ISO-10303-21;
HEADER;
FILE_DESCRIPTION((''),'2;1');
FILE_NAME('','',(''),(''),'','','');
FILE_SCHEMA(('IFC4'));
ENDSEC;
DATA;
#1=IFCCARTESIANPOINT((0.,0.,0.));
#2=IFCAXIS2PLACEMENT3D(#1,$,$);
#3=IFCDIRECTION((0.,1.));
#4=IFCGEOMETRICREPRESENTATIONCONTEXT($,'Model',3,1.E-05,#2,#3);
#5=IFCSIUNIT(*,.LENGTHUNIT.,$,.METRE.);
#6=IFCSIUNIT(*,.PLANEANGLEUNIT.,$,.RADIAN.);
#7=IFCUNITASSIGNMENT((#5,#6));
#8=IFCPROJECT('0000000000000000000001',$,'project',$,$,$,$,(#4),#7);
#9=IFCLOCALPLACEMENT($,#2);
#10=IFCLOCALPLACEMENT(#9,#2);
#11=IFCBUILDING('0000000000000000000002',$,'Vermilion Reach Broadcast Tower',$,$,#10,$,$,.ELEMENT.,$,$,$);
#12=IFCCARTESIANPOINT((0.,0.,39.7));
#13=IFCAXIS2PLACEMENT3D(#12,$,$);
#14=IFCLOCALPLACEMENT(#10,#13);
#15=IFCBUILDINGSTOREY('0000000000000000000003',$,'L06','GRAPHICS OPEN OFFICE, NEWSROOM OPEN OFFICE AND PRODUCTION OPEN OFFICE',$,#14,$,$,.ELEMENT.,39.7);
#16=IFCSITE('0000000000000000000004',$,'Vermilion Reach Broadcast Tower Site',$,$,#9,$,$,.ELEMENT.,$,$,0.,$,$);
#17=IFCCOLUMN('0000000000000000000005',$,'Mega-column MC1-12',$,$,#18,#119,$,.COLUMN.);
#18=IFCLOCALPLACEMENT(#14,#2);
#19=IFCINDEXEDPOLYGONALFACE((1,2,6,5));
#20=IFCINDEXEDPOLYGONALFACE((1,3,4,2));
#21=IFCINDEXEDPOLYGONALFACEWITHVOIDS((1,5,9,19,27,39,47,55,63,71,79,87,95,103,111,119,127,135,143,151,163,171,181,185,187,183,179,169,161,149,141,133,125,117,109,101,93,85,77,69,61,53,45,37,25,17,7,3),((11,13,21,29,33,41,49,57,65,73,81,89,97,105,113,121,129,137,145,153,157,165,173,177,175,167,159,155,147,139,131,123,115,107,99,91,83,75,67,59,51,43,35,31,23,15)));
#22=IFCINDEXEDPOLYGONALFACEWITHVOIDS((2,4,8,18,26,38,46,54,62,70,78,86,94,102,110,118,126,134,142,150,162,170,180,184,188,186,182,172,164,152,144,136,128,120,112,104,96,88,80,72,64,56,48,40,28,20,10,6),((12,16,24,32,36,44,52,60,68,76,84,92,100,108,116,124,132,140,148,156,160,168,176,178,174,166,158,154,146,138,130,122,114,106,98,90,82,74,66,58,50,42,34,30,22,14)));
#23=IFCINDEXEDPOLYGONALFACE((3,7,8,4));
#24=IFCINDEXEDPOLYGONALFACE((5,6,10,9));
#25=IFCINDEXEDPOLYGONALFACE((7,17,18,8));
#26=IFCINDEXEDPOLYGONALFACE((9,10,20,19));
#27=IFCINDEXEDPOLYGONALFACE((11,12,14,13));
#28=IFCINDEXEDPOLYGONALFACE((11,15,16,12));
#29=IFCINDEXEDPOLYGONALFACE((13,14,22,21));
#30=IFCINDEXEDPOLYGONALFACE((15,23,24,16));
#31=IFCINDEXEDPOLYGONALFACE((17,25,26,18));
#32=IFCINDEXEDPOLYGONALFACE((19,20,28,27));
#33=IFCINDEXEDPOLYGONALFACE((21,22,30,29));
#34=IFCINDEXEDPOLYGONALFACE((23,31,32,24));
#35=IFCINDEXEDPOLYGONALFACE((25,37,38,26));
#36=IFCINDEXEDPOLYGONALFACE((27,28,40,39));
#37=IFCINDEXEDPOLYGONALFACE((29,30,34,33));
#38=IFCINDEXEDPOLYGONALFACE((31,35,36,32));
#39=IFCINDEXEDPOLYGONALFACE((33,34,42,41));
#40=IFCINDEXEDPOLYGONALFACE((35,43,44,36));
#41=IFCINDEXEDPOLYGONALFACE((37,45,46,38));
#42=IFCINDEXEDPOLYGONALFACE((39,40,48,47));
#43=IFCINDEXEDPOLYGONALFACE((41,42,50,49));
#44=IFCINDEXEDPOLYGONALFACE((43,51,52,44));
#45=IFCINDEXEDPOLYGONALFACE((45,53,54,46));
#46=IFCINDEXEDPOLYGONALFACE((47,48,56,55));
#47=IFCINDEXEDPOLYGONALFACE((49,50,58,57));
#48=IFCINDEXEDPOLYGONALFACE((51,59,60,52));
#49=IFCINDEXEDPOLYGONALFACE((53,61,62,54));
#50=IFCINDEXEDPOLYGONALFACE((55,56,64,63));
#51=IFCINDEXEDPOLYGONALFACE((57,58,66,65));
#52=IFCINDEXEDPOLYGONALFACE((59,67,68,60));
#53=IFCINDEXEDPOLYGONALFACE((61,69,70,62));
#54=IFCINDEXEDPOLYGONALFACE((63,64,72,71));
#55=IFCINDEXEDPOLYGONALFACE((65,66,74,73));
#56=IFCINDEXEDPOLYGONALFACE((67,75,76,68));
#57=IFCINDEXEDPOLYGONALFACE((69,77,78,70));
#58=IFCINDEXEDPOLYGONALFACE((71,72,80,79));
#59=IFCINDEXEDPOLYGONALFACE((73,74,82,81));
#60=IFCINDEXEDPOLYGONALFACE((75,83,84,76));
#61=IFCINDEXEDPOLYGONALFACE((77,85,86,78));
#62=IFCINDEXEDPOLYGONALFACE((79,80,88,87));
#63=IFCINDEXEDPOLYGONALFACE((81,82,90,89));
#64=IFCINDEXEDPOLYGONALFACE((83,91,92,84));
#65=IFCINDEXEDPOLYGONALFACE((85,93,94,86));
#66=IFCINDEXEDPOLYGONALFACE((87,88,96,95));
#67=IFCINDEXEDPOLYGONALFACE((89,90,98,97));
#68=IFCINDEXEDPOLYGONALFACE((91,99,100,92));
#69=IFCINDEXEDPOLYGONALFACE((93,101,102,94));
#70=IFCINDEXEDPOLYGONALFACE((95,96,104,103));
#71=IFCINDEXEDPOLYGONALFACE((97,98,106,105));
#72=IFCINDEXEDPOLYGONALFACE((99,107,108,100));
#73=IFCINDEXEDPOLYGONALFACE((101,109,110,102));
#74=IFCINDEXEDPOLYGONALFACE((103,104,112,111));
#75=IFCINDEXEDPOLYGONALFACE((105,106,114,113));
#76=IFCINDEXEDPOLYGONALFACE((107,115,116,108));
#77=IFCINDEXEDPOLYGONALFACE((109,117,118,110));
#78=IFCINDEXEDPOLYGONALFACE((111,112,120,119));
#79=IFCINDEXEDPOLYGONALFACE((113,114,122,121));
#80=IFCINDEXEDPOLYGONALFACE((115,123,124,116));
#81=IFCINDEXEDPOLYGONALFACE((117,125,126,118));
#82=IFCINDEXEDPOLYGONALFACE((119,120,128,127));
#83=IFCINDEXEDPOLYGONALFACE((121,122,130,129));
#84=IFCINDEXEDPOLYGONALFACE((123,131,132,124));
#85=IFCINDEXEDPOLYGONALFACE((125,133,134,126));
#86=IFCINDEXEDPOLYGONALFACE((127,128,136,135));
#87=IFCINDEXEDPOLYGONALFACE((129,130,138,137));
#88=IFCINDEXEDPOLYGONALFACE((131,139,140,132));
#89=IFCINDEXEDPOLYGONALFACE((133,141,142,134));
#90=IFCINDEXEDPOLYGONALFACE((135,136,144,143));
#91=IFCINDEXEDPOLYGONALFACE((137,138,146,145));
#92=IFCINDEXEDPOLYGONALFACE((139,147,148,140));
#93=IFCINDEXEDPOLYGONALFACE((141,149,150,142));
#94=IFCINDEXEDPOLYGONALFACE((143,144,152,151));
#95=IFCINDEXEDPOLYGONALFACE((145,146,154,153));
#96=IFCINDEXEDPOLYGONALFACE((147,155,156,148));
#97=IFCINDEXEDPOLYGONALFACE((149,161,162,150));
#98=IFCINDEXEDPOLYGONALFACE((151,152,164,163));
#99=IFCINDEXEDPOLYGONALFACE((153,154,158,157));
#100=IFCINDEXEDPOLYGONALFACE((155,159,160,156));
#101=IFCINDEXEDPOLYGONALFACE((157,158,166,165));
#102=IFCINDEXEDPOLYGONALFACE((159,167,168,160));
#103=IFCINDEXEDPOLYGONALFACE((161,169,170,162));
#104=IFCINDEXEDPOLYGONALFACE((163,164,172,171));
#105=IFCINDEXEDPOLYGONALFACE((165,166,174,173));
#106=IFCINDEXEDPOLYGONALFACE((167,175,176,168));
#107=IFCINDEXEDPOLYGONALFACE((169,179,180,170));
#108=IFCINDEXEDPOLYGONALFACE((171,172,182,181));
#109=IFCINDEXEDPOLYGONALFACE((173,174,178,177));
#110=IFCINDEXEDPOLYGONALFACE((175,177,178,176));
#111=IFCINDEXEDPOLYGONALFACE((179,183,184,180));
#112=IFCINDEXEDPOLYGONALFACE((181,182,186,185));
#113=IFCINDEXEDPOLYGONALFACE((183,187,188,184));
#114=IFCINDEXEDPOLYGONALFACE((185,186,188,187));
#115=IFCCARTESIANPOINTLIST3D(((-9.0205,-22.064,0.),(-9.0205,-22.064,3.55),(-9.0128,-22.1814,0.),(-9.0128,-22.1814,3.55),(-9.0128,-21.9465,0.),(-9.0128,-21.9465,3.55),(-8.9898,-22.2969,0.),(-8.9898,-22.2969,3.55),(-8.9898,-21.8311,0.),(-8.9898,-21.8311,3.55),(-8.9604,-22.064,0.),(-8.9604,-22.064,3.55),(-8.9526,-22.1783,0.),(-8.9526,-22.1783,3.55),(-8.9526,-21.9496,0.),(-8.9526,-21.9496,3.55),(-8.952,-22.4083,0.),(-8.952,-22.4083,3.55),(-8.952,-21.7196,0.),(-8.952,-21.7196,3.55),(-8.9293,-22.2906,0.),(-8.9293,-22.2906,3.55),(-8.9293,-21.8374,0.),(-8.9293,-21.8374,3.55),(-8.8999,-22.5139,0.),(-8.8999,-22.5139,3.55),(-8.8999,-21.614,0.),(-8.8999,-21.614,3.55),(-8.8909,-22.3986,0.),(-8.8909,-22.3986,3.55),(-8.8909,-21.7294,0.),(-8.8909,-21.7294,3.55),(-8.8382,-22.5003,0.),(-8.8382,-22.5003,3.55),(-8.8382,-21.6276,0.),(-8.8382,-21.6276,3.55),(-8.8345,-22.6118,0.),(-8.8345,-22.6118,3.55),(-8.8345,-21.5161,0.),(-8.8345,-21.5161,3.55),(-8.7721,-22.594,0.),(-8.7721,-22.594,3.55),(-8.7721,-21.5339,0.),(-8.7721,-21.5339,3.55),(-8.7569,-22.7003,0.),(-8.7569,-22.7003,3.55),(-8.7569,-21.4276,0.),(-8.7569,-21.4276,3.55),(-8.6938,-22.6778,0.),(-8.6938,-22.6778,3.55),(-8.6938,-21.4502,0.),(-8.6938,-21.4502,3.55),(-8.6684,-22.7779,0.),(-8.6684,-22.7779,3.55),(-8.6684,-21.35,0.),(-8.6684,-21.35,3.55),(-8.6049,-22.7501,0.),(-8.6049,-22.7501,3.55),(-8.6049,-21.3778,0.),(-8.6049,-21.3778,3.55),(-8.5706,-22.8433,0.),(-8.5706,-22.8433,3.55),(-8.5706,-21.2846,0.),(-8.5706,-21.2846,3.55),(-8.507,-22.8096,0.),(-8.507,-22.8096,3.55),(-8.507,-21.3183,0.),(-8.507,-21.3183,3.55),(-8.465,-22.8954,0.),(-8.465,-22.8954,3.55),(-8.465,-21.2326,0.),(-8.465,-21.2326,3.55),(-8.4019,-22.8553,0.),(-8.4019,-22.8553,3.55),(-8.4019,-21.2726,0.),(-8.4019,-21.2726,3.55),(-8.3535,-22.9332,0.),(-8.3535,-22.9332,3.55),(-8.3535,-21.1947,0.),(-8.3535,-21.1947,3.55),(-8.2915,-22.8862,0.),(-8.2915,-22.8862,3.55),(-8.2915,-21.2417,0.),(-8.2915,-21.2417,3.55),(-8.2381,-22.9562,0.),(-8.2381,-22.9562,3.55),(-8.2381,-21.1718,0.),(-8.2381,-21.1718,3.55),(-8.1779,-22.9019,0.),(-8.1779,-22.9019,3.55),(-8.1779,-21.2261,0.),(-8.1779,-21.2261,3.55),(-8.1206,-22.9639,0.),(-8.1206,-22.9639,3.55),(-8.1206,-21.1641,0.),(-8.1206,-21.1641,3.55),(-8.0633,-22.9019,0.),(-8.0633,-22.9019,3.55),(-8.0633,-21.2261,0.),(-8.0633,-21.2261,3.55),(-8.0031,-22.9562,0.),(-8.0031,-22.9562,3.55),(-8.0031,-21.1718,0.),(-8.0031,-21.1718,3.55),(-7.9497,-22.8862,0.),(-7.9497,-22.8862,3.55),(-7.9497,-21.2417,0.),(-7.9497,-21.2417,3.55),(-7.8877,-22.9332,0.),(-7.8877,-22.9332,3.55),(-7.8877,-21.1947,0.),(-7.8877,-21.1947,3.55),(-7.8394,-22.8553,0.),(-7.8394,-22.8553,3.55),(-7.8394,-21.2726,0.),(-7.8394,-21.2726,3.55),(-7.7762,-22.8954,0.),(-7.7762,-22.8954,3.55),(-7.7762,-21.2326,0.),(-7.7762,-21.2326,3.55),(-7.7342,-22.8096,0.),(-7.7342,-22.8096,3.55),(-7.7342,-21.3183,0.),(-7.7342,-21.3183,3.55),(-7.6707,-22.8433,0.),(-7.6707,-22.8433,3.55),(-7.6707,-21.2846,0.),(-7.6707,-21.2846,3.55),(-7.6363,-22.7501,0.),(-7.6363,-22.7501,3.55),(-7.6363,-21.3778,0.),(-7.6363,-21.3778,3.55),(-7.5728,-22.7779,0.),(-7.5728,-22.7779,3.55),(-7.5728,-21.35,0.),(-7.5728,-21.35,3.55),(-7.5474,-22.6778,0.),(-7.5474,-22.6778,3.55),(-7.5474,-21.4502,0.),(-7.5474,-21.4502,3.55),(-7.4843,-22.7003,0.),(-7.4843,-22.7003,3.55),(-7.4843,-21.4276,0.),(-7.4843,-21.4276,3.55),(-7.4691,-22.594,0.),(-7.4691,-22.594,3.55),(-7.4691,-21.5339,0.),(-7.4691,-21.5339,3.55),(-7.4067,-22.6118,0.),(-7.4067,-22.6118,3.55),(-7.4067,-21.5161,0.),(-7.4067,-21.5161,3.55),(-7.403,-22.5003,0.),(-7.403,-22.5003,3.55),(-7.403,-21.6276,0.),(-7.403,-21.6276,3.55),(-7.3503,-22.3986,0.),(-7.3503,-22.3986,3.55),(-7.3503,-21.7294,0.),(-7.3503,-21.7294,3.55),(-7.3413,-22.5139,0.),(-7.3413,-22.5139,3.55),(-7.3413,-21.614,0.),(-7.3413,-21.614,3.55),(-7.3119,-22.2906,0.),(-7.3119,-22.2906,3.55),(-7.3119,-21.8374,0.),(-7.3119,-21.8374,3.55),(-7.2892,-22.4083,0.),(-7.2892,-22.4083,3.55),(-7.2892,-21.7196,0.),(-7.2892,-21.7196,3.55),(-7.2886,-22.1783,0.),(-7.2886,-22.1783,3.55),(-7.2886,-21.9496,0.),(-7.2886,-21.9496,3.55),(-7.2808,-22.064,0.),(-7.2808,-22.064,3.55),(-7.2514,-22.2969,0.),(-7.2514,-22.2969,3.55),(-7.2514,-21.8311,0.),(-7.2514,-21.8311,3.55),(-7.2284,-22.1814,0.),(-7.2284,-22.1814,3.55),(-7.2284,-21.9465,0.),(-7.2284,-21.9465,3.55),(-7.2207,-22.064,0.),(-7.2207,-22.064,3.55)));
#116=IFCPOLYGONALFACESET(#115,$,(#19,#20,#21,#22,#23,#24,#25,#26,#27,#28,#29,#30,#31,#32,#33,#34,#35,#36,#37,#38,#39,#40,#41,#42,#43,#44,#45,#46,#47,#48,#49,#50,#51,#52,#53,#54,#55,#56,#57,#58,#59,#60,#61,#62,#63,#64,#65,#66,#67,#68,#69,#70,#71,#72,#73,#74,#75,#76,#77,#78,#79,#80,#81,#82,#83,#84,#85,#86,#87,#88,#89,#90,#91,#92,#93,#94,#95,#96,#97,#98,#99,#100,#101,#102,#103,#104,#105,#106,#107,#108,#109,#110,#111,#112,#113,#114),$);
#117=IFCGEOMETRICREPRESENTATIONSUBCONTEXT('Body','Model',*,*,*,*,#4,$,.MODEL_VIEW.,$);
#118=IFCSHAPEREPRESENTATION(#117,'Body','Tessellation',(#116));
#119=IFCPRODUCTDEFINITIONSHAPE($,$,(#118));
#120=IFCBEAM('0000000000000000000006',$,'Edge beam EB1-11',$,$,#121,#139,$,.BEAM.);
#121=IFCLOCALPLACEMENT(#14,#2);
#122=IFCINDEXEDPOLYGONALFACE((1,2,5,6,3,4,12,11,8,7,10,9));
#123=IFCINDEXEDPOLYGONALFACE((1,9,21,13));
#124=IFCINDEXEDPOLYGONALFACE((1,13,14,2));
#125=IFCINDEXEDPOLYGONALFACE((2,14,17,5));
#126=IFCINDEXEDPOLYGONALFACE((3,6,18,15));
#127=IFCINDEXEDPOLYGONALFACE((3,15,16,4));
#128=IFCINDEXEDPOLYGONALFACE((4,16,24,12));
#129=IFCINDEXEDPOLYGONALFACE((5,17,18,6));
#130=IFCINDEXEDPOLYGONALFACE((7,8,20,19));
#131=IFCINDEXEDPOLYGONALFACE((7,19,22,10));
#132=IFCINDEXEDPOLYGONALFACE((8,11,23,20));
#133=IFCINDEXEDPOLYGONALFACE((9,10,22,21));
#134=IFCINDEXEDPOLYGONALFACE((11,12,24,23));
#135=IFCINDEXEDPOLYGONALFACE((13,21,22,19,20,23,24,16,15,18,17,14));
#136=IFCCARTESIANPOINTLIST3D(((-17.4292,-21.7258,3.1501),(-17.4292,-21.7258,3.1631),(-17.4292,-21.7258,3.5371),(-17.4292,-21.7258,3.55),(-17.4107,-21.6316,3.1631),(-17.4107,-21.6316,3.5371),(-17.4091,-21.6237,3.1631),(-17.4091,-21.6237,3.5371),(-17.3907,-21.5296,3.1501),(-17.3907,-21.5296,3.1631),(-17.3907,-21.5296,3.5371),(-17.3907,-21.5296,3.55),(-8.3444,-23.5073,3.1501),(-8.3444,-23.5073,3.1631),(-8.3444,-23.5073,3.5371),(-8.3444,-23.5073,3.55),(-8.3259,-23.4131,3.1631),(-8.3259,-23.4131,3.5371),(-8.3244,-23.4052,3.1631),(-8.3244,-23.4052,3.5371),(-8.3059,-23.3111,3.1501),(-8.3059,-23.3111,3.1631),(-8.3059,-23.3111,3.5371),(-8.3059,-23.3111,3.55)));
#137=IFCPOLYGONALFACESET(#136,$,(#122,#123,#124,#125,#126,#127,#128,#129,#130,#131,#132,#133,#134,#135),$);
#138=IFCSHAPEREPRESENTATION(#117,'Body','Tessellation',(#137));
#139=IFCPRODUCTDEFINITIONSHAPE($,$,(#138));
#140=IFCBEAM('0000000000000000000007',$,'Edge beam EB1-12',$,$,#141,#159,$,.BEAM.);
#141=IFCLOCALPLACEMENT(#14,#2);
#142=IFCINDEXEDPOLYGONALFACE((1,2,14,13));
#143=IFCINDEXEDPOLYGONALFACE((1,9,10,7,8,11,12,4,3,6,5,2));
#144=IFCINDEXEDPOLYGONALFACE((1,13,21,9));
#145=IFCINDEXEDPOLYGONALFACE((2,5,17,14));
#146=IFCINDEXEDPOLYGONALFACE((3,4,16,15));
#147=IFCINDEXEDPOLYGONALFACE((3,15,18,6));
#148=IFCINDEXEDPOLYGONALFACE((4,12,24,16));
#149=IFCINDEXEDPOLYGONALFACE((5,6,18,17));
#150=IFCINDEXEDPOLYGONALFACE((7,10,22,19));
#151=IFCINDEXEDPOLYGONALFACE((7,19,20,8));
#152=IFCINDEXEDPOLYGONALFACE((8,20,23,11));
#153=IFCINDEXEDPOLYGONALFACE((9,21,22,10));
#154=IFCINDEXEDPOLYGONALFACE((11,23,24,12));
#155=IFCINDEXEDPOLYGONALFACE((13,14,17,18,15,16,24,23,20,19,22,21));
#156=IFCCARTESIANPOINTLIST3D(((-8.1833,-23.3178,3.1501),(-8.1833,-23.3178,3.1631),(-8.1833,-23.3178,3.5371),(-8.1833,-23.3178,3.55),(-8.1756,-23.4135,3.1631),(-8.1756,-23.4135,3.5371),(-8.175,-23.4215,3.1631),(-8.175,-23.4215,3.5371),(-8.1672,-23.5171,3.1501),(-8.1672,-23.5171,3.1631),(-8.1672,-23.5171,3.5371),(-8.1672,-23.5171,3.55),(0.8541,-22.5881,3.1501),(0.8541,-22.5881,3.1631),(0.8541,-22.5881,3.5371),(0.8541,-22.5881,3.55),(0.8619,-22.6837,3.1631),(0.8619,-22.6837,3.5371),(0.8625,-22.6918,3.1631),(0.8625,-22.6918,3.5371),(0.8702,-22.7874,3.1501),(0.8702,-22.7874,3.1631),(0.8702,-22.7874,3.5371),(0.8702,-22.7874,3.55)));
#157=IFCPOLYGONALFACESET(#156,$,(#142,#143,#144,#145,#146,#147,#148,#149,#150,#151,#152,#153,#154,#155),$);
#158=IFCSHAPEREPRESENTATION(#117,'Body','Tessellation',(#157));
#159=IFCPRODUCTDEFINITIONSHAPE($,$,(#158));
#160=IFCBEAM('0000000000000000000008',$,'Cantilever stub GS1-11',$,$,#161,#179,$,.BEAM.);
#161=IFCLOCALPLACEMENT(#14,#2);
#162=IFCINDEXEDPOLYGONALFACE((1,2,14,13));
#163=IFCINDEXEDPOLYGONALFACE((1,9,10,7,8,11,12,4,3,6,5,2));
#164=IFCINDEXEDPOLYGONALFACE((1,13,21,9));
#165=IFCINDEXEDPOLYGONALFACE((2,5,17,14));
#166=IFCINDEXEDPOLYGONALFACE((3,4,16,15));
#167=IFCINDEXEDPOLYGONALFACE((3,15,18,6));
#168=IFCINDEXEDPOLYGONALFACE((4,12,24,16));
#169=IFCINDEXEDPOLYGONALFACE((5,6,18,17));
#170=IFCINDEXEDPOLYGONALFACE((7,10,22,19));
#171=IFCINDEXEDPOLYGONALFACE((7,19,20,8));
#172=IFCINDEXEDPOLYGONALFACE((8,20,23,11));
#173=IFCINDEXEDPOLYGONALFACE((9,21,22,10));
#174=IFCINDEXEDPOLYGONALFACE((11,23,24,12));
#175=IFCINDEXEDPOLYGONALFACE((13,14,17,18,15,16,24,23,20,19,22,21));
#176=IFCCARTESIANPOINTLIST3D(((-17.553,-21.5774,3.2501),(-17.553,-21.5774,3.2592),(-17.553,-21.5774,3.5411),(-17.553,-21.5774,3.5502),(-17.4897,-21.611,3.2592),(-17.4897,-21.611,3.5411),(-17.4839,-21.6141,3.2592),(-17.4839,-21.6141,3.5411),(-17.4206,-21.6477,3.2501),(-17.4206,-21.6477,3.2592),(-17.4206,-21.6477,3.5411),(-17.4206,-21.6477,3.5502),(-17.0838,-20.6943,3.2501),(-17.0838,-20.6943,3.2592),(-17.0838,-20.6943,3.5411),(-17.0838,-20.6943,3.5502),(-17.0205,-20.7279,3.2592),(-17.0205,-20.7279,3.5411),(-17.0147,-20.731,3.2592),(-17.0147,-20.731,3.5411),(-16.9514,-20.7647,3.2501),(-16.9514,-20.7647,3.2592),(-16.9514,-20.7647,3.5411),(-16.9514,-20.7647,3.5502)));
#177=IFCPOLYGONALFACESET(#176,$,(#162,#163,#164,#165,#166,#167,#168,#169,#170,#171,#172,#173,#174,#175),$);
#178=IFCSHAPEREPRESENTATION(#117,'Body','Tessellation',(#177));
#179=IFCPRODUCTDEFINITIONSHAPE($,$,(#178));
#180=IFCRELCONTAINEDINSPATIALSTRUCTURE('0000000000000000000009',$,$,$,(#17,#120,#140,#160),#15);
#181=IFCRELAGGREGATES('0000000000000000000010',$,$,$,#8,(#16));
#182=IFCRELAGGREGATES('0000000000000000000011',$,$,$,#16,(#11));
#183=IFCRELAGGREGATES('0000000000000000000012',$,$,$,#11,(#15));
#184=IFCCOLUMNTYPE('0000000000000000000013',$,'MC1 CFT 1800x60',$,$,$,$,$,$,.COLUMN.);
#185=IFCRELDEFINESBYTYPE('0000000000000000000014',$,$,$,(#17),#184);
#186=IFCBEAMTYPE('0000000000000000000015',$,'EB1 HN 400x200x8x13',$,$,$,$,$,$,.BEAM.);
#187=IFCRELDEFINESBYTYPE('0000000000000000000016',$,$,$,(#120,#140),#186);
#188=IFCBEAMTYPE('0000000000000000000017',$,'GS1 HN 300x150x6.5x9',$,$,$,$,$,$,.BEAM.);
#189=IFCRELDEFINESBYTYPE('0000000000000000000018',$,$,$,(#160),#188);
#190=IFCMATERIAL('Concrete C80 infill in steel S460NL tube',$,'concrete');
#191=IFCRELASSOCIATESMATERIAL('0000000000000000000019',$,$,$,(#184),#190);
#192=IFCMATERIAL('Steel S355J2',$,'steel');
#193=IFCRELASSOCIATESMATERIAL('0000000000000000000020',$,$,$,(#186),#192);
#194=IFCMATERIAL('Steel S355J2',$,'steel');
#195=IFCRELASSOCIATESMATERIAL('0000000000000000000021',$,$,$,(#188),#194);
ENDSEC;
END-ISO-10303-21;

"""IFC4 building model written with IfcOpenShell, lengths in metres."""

from ifc_helpers import new_model, si_unit, direction, frame, origin, origin_2d, place, context, subcontext, project, spatial, hollow_circle, i_section, extrude, material, material_profile, profile_set, type_object, element, save


model = new_model("IFC4")

# Units and contexts
model_context = context("Model", 3, precision=1e-05, world=origin(), true_north=direction((0.0, 1.0)))
body_context = subcontext(model_context, "Body", "Model", "MODEL_VIEW")
ifc_project = project(units=[si_unit("LENGTHUNIT", "METRE"), si_unit("PLANEANGLEUNIT", "RADIAN")], contexts=[model_context])

# Site, building, storey
site_placement = place(None, origin())
site = spatial("IfcSite", under=ifc_project, at=site_placement, Name="Vermilion Reach Broadcast Tower Site", CompositionType="ELEMENT", RefElevation=0.0)
building_placement = place(site_placement, origin())
building = spatial("IfcBuilding", under=site, at=building_placement, Name="Vermilion Reach Broadcast Tower", CompositionType="ELEMENT")
storey_placement = place(building_placement, frame((0.0, 0.0, 39.7)))
storey = spatial("IfcBuildingStorey", under=building, at=storey_placement, Name="L06", Description="GRAPHICS OPEN OFFICE, NEWSROOM OPEN OFFICE AND PRODUCTION OPEN OFFICE", CompositionType="ELEMENT", Elevation=39.7)

# Column
ifc_material_1 = material(Name="Concrete C80 infill in steel S460NL tube", Category="concrete")
ifc_material_profile_1 = material_profile(ifc_material_1, hollow_circle(Radius=0.8999, WallThickness=0.0601, at=origin_2d()), Name="Concrete C80 infill in steel S460NL tube CFT 1800x60")
ifc_profile_set_1 = profile_set([ifc_material_profile_1], Name="Concrete C80 infill in steel S460NL tube")
column_type = type_object("IfcColumnType", Name="MC1 CFT 1800x60", PredefinedType="COLUMN", material=ifc_profile_set_1)
for number, where, z_axis, x_axis, name in (
    (1, (-8.1206, -22.064, 0.0), (0.0, 0.0, 1.0), (1.0, 0.0, 0.0), "Mega-column MC1-12"),
):
    element("IfcColumn", number, at=place(storey_placement, frame(where, z_axis=z_axis, x_axis=x_axis)), inside=storey, type_object=column_type, Name=name, PredefinedType="COLUMN", context=body_context, shape_type="SweptSolid", body=[
        extrude(hollow_circle(Radius=0.8999, WallThickness=0.0601, at=origin_2d()), origin(), (0.0, 0.0, 1.0), 3.55),
    ])

# Beams
ifc_material_2 = material(Name="Steel S355J2", Category="steel")
ifc_material_profile_2 = material_profile(ifc_material_2, i_section(OverallWidth=0.2, OverallDepth=0.3999, WebThickness=0.0081, FlangeThickness=0.0129, at=origin_2d()), Name="S355J2 HN 400x200x8x13")
ifc_profile_set_2 = profile_set([ifc_material_profile_2], Name="Steel S355J2")
beam_type_1 = type_object("IfcBeamType", Name="EB1 HN 400x200x8x13", PredefinedType="BEAM", material=ifc_profile_set_2)
beam_1_placement = place(storey_placement, frame((-17.4099, -21.6277, 3.3501), z_axis=(0.98131, -0.192433, 0.0), x_axis=(0.192433, 0.98131, 0.0)))
element("IfcBeam", 2, at=beam_1_placement, inside=storey, type_object=beam_type_1, Name="Edge beam EB1-11", PredefinedType="BEAM", context=body_context, shape_type="SweptSolid", body=[
    extrude(i_section(OverallWidth=0.2, OverallDepth=0.3999, WebThickness=0.0081, FlangeThickness=0.0129, at=origin_2d()), origin(), (0.0, 0.0, 1.0), 9.2578),
])
beam_2_placement = place(storey_placement, frame((-8.1753, -23.4175, 3.3501), z_axis=(0.996756, 0.080483, 0.0), x_axis=(-0.080483, 0.996756, 0.0)))
element("IfcBeam", 3, at=beam_2_placement, inside=storey, type_object=beam_type_1, Name="Edge beam EB1-12", PredefinedType="BEAM", context=body_context, shape_type="SweptSolid", body=[
    extrude(i_section(OverallWidth=0.2, OverallDepth=0.3999, WebThickness=0.0081, FlangeThickness=0.0129, at=origin_2d()), origin(), (0.0, 0.0, 1.0), 9.0669),
])
ifc_material_3 = material(Name="Steel S355J2", Category="steel")
ifc_material_profile_3 = material_profile(ifc_material_3, i_section(OverallWidth=0.1499, OverallDepth=0.3, WebThickness=0.0066, FlangeThickness=0.009, at=origin_2d()), Name="S355J2 HN 300x150x6.5x9")
ifc_profile_set_3 = profile_set([ifc_material_profile_3], Name="Steel S355J2")
beam_type_2 = type_object("IfcBeamType", Name="GS1 HN 300x150x6.5x9", PredefinedType="BEAM", material=ifc_profile_set_3)
for number, where, z_axis, x_axis, name in (
    (4, (-17.0176, -20.7295, 3.4001), (-0.469244, -0.883068, 0.0), (0.883068, -0.469244, 0.0), "Cantilever stub GS1-11"),
):
    element("IfcBeam", number, at=place(storey_placement, frame(where, z_axis=z_axis, x_axis=x_axis)), inside=storey, type_object=beam_type_2, Name=name, PredefinedType="BEAM", context=body_context, shape_type="SweptSolid", body=[
        extrude(i_section(OverallWidth=0.1499, OverallDepth=0.3, WebThickness=0.0066, FlangeThickness=0.009, at=origin_2d()), origin(), (0.0, 0.0, 1.0), 1.0),
    ])

save(model, "model.ifc")
